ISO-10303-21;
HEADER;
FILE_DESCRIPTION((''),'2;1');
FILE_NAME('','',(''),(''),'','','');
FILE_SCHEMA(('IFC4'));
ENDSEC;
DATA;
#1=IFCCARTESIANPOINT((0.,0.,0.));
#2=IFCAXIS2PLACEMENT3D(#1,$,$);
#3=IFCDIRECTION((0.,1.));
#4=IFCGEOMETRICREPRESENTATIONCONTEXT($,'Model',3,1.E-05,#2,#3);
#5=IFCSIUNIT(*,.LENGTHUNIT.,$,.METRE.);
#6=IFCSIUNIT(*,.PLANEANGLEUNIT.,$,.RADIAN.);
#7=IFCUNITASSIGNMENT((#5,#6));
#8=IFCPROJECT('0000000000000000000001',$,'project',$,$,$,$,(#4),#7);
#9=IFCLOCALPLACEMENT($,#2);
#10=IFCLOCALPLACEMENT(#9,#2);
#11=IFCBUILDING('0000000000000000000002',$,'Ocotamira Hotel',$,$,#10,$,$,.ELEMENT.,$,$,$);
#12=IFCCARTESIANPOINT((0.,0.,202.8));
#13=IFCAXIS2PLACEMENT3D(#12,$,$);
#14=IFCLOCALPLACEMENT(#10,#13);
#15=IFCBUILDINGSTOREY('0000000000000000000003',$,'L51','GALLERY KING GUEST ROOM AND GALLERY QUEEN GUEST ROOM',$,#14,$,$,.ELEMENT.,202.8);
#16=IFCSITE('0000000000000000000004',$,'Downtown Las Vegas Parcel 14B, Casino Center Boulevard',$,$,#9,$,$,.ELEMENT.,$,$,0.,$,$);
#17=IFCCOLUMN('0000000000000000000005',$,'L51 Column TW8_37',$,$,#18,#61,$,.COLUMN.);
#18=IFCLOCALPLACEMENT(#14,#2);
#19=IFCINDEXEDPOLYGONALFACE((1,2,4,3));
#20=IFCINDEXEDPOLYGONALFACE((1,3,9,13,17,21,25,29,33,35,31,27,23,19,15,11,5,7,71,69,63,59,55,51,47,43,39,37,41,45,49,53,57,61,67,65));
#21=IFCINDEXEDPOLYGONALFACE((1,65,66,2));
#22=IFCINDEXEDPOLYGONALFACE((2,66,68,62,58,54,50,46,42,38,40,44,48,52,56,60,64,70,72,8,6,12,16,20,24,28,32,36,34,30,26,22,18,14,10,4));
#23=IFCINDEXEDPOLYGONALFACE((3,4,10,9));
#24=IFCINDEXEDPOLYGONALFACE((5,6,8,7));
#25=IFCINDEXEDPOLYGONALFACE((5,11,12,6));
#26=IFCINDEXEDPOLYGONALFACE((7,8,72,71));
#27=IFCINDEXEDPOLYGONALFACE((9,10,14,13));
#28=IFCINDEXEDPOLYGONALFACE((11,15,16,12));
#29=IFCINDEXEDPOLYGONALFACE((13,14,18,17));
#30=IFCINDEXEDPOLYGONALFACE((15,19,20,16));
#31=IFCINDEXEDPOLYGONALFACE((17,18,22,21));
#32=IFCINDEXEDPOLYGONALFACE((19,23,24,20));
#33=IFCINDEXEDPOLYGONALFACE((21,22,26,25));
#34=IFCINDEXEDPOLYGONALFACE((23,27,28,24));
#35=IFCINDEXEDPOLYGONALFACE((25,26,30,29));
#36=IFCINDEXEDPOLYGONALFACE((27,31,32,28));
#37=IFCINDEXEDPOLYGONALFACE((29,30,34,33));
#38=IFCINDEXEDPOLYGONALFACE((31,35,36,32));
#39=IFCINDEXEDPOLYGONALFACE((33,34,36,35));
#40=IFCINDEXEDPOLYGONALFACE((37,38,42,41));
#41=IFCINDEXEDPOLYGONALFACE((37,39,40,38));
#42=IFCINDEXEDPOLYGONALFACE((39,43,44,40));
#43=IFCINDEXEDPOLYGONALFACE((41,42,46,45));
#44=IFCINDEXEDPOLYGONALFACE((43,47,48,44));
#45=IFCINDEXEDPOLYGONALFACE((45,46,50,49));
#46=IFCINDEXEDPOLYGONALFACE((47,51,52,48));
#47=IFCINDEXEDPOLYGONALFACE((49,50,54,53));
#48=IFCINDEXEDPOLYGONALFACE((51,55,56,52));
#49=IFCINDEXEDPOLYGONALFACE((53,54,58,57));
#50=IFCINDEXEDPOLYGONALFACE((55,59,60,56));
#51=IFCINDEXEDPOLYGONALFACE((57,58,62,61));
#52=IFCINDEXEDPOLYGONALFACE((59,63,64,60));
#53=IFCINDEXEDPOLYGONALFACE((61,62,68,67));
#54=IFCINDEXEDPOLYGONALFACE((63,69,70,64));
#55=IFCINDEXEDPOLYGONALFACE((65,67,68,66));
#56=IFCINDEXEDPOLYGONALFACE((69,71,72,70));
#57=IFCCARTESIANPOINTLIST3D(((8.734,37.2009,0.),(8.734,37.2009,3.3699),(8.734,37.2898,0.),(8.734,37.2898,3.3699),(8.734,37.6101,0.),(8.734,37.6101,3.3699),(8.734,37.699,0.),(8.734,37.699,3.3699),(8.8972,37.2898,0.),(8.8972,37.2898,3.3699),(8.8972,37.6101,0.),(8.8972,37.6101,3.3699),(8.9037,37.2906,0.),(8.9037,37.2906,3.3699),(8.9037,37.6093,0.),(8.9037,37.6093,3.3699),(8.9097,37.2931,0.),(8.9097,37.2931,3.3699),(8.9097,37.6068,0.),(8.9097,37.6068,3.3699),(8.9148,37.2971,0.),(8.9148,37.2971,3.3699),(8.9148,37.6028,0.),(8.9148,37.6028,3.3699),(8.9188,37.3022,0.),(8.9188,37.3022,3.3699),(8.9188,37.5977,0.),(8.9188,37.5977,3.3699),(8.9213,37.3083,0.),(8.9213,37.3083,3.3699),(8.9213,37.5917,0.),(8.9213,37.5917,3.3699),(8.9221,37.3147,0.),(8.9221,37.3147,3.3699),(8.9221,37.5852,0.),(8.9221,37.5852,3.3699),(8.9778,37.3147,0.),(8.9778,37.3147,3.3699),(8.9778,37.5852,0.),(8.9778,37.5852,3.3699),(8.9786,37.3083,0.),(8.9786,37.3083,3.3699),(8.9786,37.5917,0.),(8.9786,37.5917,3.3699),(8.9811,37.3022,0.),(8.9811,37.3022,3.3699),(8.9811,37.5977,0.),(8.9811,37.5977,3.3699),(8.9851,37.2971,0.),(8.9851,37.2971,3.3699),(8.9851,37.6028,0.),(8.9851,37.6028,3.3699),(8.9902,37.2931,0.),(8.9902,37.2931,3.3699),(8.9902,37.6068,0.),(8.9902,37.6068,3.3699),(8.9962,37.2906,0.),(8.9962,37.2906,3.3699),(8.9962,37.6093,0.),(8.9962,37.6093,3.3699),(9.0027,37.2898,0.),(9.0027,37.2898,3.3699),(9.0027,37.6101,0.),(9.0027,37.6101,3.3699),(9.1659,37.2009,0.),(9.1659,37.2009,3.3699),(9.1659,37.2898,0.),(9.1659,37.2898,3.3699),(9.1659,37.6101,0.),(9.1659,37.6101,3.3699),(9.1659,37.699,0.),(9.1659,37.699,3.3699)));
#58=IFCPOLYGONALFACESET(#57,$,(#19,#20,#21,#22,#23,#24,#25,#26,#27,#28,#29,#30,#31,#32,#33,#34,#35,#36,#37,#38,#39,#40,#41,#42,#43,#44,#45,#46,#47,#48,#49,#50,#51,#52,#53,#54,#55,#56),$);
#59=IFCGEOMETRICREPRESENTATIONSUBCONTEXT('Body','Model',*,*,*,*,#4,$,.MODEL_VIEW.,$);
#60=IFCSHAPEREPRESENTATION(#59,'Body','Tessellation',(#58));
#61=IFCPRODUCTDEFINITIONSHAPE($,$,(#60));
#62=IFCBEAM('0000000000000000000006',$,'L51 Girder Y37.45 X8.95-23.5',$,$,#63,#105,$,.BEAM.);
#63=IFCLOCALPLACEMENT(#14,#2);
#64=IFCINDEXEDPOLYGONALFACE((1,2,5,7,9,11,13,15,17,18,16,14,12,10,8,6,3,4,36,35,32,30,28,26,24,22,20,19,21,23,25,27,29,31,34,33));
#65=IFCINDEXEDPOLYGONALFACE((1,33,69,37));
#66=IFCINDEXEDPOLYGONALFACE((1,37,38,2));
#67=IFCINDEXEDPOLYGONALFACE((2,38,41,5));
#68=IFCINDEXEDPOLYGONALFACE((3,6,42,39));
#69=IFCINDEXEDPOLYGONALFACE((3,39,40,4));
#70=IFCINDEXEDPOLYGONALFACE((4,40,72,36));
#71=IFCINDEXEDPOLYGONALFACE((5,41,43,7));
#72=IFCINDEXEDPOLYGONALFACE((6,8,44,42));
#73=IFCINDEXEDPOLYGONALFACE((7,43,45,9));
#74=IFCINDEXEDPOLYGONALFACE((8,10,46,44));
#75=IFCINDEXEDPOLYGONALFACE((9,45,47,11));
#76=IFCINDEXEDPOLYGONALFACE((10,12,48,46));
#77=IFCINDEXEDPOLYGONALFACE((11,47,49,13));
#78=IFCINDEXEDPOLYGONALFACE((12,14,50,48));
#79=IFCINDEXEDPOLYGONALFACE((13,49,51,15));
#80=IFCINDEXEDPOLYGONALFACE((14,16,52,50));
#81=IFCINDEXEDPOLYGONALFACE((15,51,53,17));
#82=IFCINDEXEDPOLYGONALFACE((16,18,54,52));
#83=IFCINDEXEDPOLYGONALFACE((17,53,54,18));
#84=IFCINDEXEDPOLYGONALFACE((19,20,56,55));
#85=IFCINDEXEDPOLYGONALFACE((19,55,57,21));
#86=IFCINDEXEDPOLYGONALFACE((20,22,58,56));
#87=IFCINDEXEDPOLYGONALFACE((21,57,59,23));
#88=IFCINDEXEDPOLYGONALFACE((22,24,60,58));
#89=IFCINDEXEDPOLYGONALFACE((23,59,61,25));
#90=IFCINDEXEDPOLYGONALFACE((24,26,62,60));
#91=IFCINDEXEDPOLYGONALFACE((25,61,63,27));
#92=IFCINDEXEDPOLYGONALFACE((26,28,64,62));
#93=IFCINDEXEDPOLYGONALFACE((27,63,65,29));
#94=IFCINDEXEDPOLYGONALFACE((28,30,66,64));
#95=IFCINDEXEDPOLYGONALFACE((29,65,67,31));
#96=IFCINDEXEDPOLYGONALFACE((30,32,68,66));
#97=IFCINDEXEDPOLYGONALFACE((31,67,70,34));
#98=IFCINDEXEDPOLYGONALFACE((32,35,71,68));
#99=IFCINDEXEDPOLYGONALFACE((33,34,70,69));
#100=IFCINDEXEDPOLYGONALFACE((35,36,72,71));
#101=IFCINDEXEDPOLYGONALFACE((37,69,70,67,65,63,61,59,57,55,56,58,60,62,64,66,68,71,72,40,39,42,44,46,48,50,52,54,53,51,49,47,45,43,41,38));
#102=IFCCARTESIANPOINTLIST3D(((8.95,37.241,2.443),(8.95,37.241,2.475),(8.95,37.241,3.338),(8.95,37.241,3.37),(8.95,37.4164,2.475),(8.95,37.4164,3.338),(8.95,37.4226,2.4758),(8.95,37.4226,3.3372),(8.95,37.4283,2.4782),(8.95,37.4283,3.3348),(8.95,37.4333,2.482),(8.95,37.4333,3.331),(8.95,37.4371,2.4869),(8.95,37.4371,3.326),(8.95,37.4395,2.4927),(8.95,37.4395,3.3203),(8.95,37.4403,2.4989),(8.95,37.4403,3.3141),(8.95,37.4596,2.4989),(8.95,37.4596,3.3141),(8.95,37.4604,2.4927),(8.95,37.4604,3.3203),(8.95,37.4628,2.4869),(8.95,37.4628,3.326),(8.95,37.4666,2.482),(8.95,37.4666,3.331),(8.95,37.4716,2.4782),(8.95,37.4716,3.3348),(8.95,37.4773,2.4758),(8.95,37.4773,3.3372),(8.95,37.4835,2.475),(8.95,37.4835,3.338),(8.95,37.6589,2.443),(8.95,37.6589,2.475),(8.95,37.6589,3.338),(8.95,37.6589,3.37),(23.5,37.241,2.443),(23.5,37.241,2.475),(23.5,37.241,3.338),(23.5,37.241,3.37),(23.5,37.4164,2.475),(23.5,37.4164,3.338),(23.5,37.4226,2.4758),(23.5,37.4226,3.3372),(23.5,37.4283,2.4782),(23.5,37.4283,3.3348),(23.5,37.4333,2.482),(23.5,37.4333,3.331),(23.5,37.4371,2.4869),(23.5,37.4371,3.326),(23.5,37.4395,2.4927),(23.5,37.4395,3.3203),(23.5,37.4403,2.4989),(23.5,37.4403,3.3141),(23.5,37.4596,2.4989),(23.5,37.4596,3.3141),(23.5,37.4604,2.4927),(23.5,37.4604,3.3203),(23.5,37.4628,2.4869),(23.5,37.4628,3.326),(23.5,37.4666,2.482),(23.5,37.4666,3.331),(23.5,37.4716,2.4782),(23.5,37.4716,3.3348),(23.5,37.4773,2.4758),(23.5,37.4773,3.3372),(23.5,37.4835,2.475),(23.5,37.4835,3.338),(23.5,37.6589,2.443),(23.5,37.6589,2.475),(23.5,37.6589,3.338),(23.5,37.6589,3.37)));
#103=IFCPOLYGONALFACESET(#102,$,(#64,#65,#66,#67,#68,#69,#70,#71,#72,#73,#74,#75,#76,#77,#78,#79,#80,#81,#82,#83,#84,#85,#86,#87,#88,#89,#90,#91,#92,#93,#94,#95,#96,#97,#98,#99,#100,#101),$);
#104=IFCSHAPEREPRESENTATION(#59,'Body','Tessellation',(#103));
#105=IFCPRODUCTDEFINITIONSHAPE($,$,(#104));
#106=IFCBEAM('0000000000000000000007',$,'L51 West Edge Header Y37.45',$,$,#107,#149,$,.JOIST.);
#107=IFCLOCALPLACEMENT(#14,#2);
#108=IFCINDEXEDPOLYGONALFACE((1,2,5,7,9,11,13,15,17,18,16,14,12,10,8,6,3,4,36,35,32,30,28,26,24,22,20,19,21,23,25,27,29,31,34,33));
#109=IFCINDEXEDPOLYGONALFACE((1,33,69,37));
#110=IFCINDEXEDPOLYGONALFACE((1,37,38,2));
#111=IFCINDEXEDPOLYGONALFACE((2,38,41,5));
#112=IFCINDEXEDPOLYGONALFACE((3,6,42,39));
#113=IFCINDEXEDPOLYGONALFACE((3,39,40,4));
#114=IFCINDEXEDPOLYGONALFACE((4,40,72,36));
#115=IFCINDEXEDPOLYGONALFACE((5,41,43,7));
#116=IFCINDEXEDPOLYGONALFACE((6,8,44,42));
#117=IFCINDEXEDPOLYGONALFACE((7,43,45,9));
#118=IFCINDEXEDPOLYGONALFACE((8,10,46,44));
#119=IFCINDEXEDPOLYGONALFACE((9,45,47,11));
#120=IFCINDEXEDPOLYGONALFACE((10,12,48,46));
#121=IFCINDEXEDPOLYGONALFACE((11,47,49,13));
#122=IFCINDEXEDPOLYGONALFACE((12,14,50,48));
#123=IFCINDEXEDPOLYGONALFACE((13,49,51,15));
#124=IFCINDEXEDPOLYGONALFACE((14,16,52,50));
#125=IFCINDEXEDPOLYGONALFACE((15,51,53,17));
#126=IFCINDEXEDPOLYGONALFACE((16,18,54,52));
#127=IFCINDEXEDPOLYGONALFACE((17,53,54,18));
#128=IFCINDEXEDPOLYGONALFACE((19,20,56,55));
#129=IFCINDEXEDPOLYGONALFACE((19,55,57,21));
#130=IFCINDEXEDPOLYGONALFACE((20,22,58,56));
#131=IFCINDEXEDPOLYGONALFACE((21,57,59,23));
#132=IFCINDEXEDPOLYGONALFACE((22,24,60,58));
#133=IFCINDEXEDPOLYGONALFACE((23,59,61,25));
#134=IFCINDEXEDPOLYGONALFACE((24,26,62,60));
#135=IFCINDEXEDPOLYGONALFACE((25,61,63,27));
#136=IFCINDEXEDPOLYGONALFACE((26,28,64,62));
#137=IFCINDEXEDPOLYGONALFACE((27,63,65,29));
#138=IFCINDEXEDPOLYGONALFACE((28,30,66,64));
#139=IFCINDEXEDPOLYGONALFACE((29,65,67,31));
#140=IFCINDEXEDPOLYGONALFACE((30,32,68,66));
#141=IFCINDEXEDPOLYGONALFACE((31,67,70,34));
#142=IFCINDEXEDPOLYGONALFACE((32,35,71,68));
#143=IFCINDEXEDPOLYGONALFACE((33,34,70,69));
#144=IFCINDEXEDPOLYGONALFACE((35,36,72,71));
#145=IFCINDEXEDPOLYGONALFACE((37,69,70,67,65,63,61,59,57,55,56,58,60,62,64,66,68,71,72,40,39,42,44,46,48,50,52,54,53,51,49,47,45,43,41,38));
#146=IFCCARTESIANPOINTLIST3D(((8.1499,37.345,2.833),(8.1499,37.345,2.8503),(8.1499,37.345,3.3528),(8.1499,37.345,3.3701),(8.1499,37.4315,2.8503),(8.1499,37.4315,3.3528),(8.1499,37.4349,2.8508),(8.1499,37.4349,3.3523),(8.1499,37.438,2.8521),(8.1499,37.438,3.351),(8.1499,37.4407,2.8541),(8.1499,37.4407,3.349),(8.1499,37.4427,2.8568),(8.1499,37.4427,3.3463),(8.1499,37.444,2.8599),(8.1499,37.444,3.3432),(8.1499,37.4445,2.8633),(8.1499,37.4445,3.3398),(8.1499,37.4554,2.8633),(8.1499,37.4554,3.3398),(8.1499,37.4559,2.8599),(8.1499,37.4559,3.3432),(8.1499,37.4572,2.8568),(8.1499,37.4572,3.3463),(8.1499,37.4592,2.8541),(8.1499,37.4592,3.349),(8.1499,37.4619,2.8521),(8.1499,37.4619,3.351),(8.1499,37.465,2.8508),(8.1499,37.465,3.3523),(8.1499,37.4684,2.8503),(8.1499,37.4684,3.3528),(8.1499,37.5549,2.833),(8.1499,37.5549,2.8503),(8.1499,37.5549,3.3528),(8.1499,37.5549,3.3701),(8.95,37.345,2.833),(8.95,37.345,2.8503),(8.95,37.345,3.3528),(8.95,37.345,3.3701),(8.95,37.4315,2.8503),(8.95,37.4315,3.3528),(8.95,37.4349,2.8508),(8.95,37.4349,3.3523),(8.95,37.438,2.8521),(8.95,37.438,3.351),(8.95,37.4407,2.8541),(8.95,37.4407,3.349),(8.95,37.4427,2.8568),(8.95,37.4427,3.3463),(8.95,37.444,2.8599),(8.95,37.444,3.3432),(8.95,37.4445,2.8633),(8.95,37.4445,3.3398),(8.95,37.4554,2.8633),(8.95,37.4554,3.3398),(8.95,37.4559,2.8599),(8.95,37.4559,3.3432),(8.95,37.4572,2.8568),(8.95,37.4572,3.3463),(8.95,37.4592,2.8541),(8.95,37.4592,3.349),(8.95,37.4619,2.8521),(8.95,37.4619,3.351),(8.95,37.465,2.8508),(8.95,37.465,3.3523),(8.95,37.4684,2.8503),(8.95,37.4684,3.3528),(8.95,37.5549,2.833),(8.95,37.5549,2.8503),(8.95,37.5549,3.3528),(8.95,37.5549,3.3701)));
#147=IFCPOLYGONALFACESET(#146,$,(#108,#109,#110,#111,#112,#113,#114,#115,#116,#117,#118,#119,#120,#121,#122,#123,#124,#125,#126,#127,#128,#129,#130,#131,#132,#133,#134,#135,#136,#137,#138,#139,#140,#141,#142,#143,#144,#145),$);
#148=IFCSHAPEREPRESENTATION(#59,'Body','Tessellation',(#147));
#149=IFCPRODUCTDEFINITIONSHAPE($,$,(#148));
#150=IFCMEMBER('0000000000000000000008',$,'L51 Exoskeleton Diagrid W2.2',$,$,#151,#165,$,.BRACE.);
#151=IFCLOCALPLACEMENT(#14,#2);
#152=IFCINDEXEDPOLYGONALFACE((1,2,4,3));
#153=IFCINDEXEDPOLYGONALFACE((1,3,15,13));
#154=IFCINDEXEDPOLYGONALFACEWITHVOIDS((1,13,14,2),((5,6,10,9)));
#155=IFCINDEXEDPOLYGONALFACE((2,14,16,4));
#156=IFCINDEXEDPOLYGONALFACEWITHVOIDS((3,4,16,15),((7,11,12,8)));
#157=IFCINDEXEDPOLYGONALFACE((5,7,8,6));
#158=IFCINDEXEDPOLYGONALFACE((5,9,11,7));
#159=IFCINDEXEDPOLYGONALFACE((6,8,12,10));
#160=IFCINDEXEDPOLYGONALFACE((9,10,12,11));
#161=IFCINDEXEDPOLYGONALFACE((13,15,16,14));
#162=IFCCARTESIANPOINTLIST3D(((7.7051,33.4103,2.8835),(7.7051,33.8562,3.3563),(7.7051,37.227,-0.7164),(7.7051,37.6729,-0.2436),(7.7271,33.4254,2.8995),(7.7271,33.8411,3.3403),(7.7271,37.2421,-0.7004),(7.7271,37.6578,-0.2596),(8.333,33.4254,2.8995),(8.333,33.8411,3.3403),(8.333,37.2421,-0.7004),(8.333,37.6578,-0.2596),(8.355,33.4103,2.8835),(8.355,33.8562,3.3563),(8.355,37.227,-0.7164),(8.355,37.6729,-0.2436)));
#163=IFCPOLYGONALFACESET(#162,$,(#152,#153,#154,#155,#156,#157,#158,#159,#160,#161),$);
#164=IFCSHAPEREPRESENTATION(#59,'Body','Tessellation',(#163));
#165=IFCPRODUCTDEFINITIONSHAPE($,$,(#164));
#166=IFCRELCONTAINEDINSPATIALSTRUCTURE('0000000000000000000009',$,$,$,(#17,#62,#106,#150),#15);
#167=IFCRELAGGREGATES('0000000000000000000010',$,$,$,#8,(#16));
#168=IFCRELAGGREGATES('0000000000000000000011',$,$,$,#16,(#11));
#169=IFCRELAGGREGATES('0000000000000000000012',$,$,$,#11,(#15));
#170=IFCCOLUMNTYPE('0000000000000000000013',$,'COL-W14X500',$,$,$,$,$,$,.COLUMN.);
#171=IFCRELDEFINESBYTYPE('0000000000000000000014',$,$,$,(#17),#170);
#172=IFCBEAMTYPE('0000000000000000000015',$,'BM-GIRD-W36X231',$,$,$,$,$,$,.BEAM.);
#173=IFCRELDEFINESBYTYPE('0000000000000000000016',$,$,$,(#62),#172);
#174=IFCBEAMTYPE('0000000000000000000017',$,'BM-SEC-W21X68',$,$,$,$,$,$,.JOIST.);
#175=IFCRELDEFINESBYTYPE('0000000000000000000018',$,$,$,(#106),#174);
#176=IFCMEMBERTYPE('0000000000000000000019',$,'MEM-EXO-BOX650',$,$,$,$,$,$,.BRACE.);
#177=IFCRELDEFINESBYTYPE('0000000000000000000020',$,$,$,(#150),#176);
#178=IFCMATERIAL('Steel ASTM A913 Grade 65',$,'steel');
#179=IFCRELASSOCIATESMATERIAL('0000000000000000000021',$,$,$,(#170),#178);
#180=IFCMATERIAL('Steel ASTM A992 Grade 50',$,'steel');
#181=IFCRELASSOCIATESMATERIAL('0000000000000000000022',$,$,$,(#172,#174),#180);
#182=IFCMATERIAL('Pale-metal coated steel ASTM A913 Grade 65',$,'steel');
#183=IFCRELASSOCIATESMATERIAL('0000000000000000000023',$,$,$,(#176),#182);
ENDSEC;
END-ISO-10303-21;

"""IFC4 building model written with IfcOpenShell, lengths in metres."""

from ifc_helpers import new_model, si_unit, direction, frame, origin, origin_2d, place, context, subcontext, project, spatial, hollow_rectangle, i_section, extrude, source, transform, mapped, material, material_profile, profile_set, type_object, element, save


model = new_model("IFC4")

# Units and contexts
model_context = context("Model", 3, precision=1e-05, world=origin(), true_north=direction((0.0, 1.0)))
body_context = subcontext(model_context, "Body", "Model", "MODEL_VIEW")
ifc_project = project(units=[si_unit("LENGTHUNIT", "METRE"), si_unit("PLANEANGLEUNIT", "RADIAN")], contexts=[model_context])

# Site, building, storey
site_placement = place(None, origin())
site = spatial("IfcSite", under=ifc_project, at=site_placement, Name="Downtown Las Vegas Parcel 14B, Casino Center Boulevard", CompositionType="ELEMENT", RefElevation=0.0)
building_placement = place(site_placement, origin())
building = spatial("IfcBuilding", under=site, at=building_placement, Name="Ocotamira Hotel", CompositionType="ELEMENT")
storey_placement = place(building_placement, frame((0.0, 0.0, 202.8)))
storey = spatial("IfcBuildingStorey", under=building, at=storey_placement, Name="L51", Description="GALLERY KING GUEST ROOM AND GALLERY QUEEN GUEST ROOM", CompositionType="ELEMENT", Elevation=202.8)

# Column
ifc_material_1 = material(Name="Steel ASTM A913 Grade 65", Category="steel")
ifc_material_profile_1 = material_profile(ifc_material_1, i_section(OverallWidth=0.4319, OverallDepth=0.498, WebThickness=0.0557, FlangeThickness=0.0889, FilletRadius=0.0249, at=origin_2d()), Name="W14X500")
ifc_profile_set_1 = profile_set([ifc_material_profile_1], Name="Steel ASTM A913 Grade 65")
column_type = type_object("IfcColumnType", Name="COL-W14X500", PredefinedType="COLUMN", material=ifc_profile_set_1)
shared_shape_1 = source(origin(), body_context, "Body", "SweptSolid", [
    extrude(i_section(OverallWidth=0.4319, OverallDepth=0.498, WebThickness=0.0557, FlangeThickness=0.0889, FilletRadius=0.0249, at=origin_2d()), origin(), (0.0, 0.0, 1.0), 3.3699),
])
column_placement = place(storey_placement, frame((8.95, 37.45, 0.0), z_axis=(0.0, 0.0, 1.0), x_axis=(1.0, 0.0, 0.0)))
element("IfcColumn", 1, at=column_placement, inside=storey, type_object=column_type, Name="L51 Column TW8_37", PredefinedType="COLUMN", context=body_context, shape_type="MappedRepresentation", body=[
    mapped(shared_shape_1, transform((0.0, 0.0, 0.0), scale=1.0)),
])

# Beams
ifc_material_2 = material(Name="Steel ASTM A992 Grade 50", Category="steel")
ifc_material_profile_2 = material_profile(ifc_material_2, i_section(OverallWidth=0.418, OverallDepth=0.927, WebThickness=0.0193, FlangeThickness=0.032, FilletRadius=0.0239, at=origin_2d()), Name="W36X231")
ifc_profile_set_2 = profile_set([ifc_material_profile_2], Name="Steel ASTM A992 Grade 50")
beam_type_1 = type_object("IfcBeamType", Name="BM-GIRD-W36X231", PredefinedType="BEAM", material=ifc_profile_set_2)
shared_shape_2 = source(origin(), body_context, "Body", "SweptSolid", [
    extrude(i_section(OverallWidth=0.418, OverallDepth=0.927, WebThickness=0.0193, FlangeThickness=0.032, FilletRadius=0.0239, at=origin_2d()), origin(), (0.0, 0.0, 1.0), 14.55),
])
beam_1_placement = place(storey_placement, frame((8.95, 37.45, 2.9065), z_axis=(1.0, 0.0, 0.0), x_axis=(0.0, 1.0, 0.0)))
element("IfcBeam", 2, at=beam_1_placement, inside=storey, type_object=beam_type_1, Name="L51 Girder Y37.45 X8.95-23.5", PredefinedType="BEAM", context=body_context, shape_type="MappedRepresentation", body=[
    mapped(shared_shape_2, transform((0.0, 0.0, 0.0), scale=1.0)),
])
ifc_material_profile_3 = material_profile(ifc_material_2, i_section(OverallWidth=0.21, OverallDepth=0.5371, WebThickness=0.011, FlangeThickness=0.0173, FilletRadius=0.0129, at=origin_2d()), Name="W21X68")
ifc_profile_set_3 = profile_set([ifc_material_profile_3], Name="Steel ASTM A992 Grade 50")
beam_type_2 = type_object("IfcBeamType", Name="BM-SEC-W21X68", PredefinedType="JOIST", material=ifc_profile_set_3)
shared_shape_3 = source(origin(), body_context, "Body", "SweptSolid", [
    extrude(i_section(OverallWidth=0.21, OverallDepth=0.5371, WebThickness=0.011, FlangeThickness=0.0173, FilletRadius=0.0129, at=origin_2d()), origin(), (0.0, 0.0, 1.0), 0.8),
])
beam_2_placement = place(storey_placement, frame((8.95, 37.45, 3.1016), z_axis=(-1.0, 0.0, 0.0), x_axis=(0.0, -1.0, 0.0)))
element("IfcBeam", 3, at=beam_2_placement, inside=storey, type_object=beam_type_2, Name="L51 West Edge Header Y37.45", PredefinedType="JOIST", context=body_context, shape_type="MappedRepresentation", body=[
    mapped(shared_shape_3, transform((0.0, 0.0, 0.0), scale=1.0)),
])

# Member
ifc_material_3 = material(Name="Pale-metal coated steel ASTM A913 Grade 65", Category="steel")
ifc_material_profile_4 = material_profile(ifc_material_3, hollow_rectangle(XDim=0.6499, YDim=0.6499, WallThickness=0.022, at=origin_2d()), Name="BOX650X650X22")
ifc_profile_set_4 = profile_set([ifc_material_profile_4], Name="Pale-metal coated steel ASTM A913 Grade 65")
member_type_1 = type_object("IfcMemberType", Name="MEM-EXO-BOX650", PredefinedType="BRACE", material=ifc_profile_set_4)
shared_shape_4 = source(origin(), body_context, "Body", "SweptSolid", [
    extrude(hollow_rectangle(XDim=0.6499, YDim=0.6499, WallThickness=0.022, at=origin_2d()), origin(), (0.0, 0.0, 1.0), 5.2466),
])
member_1_placement = place(storey_placement, frame((8.03, 37.45, -0.48), z_axis=(0.0, -0.727466, 0.686144), x_axis=(1.0, 0.0, 0.0)))
element("IfcMember", 4, at=member_1_placement, inside=storey, type_object=member_type_1, Name="L51 Exoskeleton Diagrid W2.2", PredefinedType="BRACE", context=body_context, shape_type="MappedRepresentation", body=[
    mapped(shared_shape_4, transform((0.0, 0.0, 0.0), scale=1.0)),
])

save(model, "model.ifc")
